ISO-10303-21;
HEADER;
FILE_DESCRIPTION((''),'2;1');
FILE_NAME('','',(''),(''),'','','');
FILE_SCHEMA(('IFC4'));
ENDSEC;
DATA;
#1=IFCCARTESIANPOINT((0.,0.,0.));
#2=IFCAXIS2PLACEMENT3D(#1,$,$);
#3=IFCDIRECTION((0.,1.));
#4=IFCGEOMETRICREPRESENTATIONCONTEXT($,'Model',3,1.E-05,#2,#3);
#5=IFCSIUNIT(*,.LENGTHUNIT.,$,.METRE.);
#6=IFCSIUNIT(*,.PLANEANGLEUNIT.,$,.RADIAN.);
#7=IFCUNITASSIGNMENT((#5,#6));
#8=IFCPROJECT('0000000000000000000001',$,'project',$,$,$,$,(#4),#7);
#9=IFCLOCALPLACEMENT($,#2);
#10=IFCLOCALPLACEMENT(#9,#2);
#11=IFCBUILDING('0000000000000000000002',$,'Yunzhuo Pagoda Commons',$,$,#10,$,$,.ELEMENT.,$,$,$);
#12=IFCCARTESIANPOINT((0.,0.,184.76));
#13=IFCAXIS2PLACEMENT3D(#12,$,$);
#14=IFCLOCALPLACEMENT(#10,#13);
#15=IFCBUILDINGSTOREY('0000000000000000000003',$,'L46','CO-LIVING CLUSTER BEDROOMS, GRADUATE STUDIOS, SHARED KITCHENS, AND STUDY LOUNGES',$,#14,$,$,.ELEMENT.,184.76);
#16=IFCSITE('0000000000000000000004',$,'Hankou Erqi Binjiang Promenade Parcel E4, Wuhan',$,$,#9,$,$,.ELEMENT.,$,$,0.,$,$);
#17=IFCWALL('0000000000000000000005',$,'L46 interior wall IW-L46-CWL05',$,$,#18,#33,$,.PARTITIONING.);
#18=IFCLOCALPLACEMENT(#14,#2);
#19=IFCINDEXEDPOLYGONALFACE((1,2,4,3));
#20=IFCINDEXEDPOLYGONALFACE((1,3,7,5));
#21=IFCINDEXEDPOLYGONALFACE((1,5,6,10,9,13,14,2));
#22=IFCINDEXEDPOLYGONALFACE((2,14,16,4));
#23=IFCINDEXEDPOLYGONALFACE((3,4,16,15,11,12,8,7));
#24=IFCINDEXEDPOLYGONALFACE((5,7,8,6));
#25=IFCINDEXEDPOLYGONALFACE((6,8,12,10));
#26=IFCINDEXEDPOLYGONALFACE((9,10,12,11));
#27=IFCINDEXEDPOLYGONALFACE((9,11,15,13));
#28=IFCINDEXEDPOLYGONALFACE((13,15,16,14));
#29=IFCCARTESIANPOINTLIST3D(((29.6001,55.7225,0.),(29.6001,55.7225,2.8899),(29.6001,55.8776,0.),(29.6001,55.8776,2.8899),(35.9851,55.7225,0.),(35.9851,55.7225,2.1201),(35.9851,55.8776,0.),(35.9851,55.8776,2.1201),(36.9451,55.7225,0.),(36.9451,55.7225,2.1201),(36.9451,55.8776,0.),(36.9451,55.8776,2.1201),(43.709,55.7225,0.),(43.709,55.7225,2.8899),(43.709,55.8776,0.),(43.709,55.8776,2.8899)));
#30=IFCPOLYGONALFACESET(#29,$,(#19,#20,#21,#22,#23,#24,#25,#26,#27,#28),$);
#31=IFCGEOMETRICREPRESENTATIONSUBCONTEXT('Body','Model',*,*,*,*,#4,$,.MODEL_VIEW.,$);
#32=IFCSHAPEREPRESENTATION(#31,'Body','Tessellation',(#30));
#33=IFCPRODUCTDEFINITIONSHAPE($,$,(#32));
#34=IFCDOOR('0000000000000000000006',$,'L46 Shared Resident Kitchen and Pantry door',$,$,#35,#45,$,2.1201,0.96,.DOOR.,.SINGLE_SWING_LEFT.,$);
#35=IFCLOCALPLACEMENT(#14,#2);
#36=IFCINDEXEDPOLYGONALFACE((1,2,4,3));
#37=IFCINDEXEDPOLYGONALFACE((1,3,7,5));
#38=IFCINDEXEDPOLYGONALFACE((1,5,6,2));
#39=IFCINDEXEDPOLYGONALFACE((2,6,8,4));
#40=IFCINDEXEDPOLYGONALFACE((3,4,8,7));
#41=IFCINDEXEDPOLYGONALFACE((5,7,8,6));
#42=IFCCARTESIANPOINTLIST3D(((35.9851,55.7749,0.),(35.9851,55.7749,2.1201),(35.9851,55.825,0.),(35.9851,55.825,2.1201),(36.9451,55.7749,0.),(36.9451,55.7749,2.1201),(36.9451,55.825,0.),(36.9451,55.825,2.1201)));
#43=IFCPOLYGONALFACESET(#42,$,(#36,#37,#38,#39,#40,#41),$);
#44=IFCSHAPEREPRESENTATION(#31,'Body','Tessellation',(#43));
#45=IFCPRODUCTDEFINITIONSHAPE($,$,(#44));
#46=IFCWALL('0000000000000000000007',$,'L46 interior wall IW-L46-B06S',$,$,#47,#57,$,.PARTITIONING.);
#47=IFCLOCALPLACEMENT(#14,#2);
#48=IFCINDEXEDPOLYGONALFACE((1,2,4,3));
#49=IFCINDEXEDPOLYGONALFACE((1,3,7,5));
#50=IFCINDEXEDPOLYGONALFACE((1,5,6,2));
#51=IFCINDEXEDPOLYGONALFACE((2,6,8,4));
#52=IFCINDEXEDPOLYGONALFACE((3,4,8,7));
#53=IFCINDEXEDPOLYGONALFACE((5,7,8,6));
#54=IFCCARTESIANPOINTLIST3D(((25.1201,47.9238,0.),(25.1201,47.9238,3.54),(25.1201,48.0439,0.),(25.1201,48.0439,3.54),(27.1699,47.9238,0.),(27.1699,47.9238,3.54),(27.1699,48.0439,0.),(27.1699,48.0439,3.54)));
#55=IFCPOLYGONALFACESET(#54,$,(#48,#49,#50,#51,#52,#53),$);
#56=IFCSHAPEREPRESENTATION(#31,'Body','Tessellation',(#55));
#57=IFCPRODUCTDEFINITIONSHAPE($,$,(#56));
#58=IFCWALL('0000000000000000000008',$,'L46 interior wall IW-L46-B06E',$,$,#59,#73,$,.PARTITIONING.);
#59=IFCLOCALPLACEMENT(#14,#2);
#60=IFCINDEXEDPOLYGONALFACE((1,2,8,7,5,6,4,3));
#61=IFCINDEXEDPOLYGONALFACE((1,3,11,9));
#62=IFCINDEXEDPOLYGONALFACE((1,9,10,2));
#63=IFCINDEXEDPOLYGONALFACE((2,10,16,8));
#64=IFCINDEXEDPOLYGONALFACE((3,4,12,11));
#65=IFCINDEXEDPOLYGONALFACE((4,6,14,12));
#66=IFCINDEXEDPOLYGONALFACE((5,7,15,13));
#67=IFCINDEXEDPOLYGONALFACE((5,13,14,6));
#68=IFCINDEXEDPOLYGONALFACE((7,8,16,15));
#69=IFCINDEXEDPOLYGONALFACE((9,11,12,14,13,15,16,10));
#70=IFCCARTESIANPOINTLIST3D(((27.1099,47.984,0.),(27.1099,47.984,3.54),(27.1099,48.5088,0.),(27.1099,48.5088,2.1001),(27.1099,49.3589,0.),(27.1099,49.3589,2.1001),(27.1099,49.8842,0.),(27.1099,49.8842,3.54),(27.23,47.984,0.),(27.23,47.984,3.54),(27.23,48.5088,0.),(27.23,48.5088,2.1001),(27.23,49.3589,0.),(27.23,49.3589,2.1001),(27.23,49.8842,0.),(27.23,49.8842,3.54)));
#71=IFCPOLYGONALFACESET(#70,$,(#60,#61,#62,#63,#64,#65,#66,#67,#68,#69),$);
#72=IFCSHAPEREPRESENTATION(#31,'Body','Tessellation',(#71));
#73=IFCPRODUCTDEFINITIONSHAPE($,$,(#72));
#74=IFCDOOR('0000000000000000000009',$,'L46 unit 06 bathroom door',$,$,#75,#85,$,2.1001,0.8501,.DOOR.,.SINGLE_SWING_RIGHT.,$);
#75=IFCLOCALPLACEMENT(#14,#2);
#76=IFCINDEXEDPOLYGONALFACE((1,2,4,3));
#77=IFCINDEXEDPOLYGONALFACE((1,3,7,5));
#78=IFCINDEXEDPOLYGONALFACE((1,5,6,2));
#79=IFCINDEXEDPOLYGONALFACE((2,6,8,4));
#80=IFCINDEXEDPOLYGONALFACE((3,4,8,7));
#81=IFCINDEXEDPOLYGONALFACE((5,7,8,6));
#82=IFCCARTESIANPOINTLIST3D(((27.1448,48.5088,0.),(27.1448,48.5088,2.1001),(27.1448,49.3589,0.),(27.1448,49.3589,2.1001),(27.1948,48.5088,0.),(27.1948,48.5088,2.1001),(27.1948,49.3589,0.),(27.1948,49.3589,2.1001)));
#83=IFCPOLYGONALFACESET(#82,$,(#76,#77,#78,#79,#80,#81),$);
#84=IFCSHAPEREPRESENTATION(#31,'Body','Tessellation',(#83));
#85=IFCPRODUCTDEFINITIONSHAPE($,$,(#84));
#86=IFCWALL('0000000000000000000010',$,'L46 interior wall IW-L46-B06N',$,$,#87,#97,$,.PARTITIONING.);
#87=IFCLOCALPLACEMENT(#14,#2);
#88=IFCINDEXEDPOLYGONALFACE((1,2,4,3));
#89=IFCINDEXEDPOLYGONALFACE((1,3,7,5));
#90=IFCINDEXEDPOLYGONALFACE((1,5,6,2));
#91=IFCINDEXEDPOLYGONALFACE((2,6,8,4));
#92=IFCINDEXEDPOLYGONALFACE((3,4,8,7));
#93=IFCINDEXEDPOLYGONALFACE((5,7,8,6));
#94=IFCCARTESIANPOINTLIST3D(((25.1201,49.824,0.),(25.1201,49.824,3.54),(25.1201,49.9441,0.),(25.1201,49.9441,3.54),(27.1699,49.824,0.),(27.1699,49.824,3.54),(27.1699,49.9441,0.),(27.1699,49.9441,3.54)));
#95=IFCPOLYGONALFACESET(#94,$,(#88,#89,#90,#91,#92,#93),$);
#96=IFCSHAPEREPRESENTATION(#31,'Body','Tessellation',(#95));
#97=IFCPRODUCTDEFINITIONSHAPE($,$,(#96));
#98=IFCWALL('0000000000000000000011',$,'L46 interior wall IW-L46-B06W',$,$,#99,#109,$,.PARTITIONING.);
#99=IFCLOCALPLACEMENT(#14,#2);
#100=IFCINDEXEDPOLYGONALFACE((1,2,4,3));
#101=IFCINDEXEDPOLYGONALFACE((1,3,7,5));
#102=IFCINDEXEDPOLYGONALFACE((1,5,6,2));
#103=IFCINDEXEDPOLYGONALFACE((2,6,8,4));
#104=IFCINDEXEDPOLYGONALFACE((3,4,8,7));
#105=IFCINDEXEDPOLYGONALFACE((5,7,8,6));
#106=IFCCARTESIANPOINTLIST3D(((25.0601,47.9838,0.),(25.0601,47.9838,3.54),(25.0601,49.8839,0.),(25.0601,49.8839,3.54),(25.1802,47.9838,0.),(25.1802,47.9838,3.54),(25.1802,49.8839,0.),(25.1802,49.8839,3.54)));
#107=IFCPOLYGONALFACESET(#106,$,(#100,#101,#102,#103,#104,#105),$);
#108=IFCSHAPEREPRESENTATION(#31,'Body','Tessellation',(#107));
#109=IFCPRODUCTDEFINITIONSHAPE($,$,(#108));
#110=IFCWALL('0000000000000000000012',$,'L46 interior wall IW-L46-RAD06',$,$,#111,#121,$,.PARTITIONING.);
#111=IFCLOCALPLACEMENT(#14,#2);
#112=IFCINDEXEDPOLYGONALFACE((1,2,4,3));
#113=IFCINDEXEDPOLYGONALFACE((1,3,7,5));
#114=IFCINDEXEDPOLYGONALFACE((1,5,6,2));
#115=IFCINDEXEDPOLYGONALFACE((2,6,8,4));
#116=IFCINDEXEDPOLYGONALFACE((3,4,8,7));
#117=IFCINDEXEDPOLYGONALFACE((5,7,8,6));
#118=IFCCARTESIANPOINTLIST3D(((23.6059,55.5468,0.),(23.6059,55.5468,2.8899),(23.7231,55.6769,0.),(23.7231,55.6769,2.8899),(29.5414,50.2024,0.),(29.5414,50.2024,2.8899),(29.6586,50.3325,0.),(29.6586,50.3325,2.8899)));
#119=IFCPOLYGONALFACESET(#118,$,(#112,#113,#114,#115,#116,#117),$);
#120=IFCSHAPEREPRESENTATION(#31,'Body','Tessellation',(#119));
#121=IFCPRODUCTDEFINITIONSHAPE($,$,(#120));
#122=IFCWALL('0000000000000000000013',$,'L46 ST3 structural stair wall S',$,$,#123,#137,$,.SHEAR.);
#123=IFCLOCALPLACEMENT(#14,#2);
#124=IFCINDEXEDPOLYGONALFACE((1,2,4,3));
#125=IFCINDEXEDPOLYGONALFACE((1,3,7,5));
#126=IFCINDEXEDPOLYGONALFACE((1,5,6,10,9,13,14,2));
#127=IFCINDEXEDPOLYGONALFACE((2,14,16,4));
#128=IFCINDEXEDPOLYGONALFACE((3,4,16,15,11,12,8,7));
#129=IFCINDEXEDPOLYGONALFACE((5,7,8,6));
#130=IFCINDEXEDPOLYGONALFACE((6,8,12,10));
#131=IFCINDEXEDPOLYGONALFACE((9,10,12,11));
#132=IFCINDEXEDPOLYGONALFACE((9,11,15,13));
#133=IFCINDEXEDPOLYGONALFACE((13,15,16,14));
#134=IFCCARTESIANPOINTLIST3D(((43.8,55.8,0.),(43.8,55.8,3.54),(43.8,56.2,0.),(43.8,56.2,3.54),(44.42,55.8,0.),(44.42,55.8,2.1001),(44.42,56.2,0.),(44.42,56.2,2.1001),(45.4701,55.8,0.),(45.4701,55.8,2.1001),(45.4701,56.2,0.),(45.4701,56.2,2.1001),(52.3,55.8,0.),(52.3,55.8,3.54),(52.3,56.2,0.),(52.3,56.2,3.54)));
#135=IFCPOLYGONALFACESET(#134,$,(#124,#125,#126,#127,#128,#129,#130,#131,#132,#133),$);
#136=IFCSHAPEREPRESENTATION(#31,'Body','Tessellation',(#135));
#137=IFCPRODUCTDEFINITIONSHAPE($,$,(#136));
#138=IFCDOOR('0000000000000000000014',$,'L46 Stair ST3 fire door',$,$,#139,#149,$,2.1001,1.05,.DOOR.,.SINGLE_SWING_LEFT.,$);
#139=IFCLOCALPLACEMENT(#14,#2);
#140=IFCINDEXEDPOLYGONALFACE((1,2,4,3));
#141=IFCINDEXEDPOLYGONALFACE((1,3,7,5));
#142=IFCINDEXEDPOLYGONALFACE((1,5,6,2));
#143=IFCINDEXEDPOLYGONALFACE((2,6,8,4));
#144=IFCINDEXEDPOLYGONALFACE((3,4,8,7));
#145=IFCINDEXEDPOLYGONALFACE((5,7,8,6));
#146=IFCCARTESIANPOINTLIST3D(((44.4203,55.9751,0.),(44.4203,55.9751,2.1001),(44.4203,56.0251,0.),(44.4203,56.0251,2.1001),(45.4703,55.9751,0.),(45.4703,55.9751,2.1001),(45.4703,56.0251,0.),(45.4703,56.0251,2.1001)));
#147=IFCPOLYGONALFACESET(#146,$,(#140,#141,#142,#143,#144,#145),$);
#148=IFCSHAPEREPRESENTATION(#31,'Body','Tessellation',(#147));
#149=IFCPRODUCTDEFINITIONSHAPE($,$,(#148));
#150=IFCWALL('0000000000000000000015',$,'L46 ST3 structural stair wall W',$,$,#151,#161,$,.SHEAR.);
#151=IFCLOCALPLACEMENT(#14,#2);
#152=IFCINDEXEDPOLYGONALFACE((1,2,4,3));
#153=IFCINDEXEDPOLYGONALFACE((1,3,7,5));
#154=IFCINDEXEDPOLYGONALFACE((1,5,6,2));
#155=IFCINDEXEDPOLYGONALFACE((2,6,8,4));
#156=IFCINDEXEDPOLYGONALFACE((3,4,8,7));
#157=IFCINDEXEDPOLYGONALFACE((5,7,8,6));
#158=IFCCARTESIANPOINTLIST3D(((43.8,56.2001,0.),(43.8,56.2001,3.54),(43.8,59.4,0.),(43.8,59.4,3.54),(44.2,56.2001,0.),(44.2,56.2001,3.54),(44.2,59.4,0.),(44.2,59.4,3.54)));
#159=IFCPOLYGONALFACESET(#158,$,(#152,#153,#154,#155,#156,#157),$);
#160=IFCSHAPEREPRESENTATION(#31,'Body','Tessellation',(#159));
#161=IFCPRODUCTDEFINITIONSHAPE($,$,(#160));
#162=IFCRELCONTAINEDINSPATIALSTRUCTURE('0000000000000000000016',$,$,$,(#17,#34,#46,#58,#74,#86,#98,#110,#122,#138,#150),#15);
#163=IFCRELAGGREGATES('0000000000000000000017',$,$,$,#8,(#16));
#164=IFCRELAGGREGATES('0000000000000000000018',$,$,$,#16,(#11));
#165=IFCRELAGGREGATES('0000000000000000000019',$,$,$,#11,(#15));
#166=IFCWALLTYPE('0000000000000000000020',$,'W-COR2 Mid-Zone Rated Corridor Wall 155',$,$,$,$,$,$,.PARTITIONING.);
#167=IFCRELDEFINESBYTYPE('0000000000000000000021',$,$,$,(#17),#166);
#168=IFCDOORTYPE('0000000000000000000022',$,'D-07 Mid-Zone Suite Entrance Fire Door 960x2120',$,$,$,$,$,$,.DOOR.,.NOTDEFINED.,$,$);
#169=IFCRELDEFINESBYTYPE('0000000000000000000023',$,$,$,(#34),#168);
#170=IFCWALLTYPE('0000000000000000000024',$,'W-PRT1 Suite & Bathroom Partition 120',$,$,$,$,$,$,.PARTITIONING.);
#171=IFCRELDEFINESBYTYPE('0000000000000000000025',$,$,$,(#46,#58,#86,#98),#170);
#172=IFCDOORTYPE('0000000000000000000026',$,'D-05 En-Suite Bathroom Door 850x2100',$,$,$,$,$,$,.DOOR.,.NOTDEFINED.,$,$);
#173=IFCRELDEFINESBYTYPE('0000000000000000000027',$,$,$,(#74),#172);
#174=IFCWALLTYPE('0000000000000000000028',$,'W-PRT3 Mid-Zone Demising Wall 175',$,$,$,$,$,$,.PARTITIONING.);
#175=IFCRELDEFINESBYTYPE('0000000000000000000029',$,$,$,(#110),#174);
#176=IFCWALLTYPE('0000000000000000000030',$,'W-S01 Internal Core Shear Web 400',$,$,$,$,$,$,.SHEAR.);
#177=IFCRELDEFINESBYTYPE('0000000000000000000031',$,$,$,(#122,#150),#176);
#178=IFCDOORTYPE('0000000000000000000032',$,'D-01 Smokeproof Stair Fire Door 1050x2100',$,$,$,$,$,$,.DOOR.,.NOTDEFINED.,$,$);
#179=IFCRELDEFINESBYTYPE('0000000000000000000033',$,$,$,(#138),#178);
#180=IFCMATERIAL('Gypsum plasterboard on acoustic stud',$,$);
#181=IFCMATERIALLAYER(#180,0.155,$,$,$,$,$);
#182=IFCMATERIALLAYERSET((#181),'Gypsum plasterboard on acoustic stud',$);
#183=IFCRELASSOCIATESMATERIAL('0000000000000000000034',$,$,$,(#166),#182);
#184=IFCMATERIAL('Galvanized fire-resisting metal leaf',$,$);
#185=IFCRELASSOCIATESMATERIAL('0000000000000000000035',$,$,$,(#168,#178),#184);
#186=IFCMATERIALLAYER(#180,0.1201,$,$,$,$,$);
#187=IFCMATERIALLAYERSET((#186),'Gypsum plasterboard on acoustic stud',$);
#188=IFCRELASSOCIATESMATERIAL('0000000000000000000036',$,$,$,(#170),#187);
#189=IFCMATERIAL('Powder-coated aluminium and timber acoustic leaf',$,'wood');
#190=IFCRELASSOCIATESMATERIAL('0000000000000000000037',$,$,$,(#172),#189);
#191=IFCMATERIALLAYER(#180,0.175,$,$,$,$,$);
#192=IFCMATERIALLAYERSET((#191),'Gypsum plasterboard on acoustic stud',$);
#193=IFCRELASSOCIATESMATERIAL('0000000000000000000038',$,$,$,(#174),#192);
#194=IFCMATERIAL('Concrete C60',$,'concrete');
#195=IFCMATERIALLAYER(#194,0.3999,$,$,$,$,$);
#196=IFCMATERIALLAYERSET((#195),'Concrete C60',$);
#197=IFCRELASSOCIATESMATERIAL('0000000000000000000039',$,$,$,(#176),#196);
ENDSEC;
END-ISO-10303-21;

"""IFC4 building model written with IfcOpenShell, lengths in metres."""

from ifc_helpers import new_model, si_unit, direction, frame, frame_2d, origin, origin_with_axes, place, context, subcontext, project, spatial, rectangle, extrude, source, transform, mapped, material, layer, layer_set, type_object, element, fill, save


model = new_model("IFC4")

# Units and contexts
model_context = context("Model", 3, precision=1e-05, world=origin(), true_north=direction((0.0, 1.0)))
body_context = subcontext(model_context, "Body", "Model", "MODEL_VIEW")
ifc_project = project(units=[si_unit("LENGTHUNIT", "METRE"), si_unit("PLANEANGLEUNIT", "RADIAN")], contexts=[model_context])

# Site, building, storey
site_placement = place(None, origin())
site = spatial("IfcSite", under=ifc_project, at=site_placement, Name="Hankou Erqi Binjiang Promenade Parcel E4, Wuhan", CompositionType="ELEMENT", RefElevation=0.0)
building_placement = place(site_placement, origin())
building = spatial("IfcBuilding", under=site, at=building_placement, Name="Yunzhuo Pagoda Commons", CompositionType="ELEMENT")
storey_placement = place(building_placement, frame((0.0, 0.0, 184.76)))
storey = spatial("IfcBuildingStorey", under=building, at=storey_placement, Name="L46", Description="CO-LIVING CLUSTER BEDROOMS, GRADUATE STUDIOS, SHARED KITCHENS, AND STUDY LOUNGES", CompositionType="ELEMENT", Elevation=184.76)

# Shared definitions
ifc_material_1 = material(Name="Gypsum plasterboard on acoustic stud")
ifc_layer_1 = layer(ifc_material_1, 0.155)
ifc_layer_set_1 = layer_set([ifc_layer_1], Name="Gypsum plasterboard on acoustic stud")
wall_type_1 = type_object("IfcWallType", Name="W-COR2 Mid-Zone Rated Corridor Wall 155", PredefinedType="PARTITIONING", material=ifc_layer_set_1)
ifc_material_2 = material(Name="Powder-coated aluminium and timber acoustic leaf", Category="wood")

# Wall, opening, door
wall_1_placement = place(storey_placement, frame((29.6001, 55.8, 0.0), z_axis=(0.0, 0.0, 1.0), x_axis=(1.0, 0.0, 0.0)))
wall_1 = element("IfcWall", 1, at=wall_1_placement, inside=storey, type_object=wall_type_1, Name="L46 interior wall IW-L46-CWL05", PredefinedType="PARTITIONING", context=body_context, shape_type="SweptSolid", body=[
    extrude(rectangle(XDim=14.1089, YDim=0.155, at=frame_2d((7.0544, 0.0))), origin(), (0.0, 0.0, 1.0), 2.8899),
])
opening_1_placement = place(wall_1_placement, frame((6.385, 0.0, 0.0)))
opening_1 = element("IfcOpeningElement", 2, at=opening_1_placement, cuts=wall_1, PredefinedType="OPENING", context=body_context, shape_type="SweptSolid", body=[
    extrude(rectangle(XDim=0.96, YDim=2.1201, at=frame_2d((0.48, 1.0601))), frame((0.0, 0.0874, 0.0), z_axis=(0.0, -1.0, 0.0), x_axis=(1.0, 0.0, 0.0)), (0.0, 0.0, 1.0), 0.175),
])
ifc_material_3 = material(Name="Galvanized fire-resisting metal leaf")
door_type_1 = type_object("IfcDoorType", Name="D-07 Mid-Zone Suite Entrance Fire Door 960x2120", OperationType="NOTDEFINED", PredefinedType="DOOR", material=ifc_material_3)
shared_shape_1 = source(origin(), body_context, "Body", "SweptSolid", [
    extrude(rectangle(XDim=0.96, YDim=2.1201, at=frame_2d((0.48, 1.0601))), frame((0.0, 0.0249, 0.0), z_axis=(0.0, -1.0, 0.0), x_axis=(1.0, 0.0, 0.0)), (0.0, 0.0, 1.0), 0.05),
])
door_1_placement = place(opening_1_placement, origin_with_axes())
door_1 = element("IfcDoor", 3, at=door_1_placement, inside=storey, type_object=door_type_1, Name="L46 Shared Resident Kitchen and Pantry door", OperationType="SINGLE_SWING_LEFT", OverallHeight=2.1201, OverallWidth=0.96, PredefinedType="DOOR", context=body_context, shape_type="MappedRepresentation", body=[
    mapped(shared_shape_1, transform((0.0, 0.0, 0.0), scale=1.0)),
])
fill(opening_1, door_1)

# Wall
ifc_layer_2 = layer(ifc_material_1, 0.1201)
ifc_layer_set_2 = layer_set([ifc_layer_2], Name="Gypsum plasterboard on acoustic stud")
wall_type_2 = type_object("IfcWallType", Name="W-PRT1 Suite & Bathroom Partition 120", PredefinedType="PARTITIONING", material=ifc_layer_set_2)
wall_2_placement = place(storey_placement, frame((25.1201, 47.9839, 0.0), z_axis=(0.0, 0.0, 1.0), x_axis=(1.0, 0.0, 0.0)))
element("IfcWall", 4, at=wall_2_placement, inside=storey, type_object=wall_type_2, Name="L46 interior wall IW-L46-B06S", PredefinedType="PARTITIONING", context=body_context, shape_type="SweptSolid", body=[
    extrude(rectangle(XDim=2.0498, YDim=0.1201, at=frame_2d((1.0249, 0.0))), origin(), (0.0, 0.0, 1.0), 3.54),
])

# Wall, opening, door
wall_3_placement = place(storey_placement, frame((27.1699, 47.9839, 0.0), z_axis=(0.0, 0.0, 1.0), x_axis=(0.0, 1.0, 0.0)))
wall_3 = element("IfcWall", 5, at=wall_3_placement, inside=storey, type_object=wall_type_2, Name="L46 interior wall IW-L46-B06E", PredefinedType="PARTITIONING", context=body_context, shape_type="SweptSolid", body=[
    extrude(rectangle(XDim=1.9001, YDim=0.1201, at=frame_2d((0.9502, 0.0))), origin(), (0.0, 0.0, 1.0), 3.54),
])
opening_2_placement = place(wall_3_placement, frame((0.5249, 0.0, 0.0)))
opening_2 = element("IfcOpeningElement", 6, at=opening_2_placement, cuts=wall_3, PredefinedType="OPENING", context=body_context, shape_type="SweptSolid", body=[
    extrude(rectangle(XDim=0.8501, YDim=2.1001, at=frame_2d((0.425, 1.05))), frame((0.0, 0.0701, 0.0), z_axis=(0.0, -1.0, 0.0), x_axis=(1.0, 0.0, 0.0)), (0.0, 0.0, 1.0), 0.1401),
])
door_type_2 = type_object("IfcDoorType", Name="D-05 En-Suite Bathroom Door 850x2100", OperationType="NOTDEFINED", PredefinedType="DOOR", material=ifc_material_2)
shared_shape_2 = source(origin(), body_context, "Body", "SweptSolid", [
    extrude(rectangle(XDim=0.8501, YDim=2.1001, at=frame_2d((0.425, 1.05))), frame((0.0, 0.0249, 0.0), z_axis=(0.0, -1.0, 0.0), x_axis=(1.0, 0.0, 0.0)), (0.0, 0.0, 1.0), 0.05),
])
door_2_placement = place(opening_2_placement, frame((0.8501, 0.0, 0.0), z_axis=(0.0, 0.0, 1.0), x_axis=(-1.0, 0.0, 0.0)))
door_2 = element("IfcDoor", 7, at=door_2_placement, inside=storey, type_object=door_type_2, Name="L46 unit 06 bathroom door", OperationType="SINGLE_SWING_RIGHT", OverallHeight=2.1001, OverallWidth=0.8501, PredefinedType="DOOR", context=body_context, shape_type="MappedRepresentation", body=[
    mapped(shared_shape_2, transform((0.0, 0.0, 0.0), scale=1.0)),
])
fill(opening_2, door_2)

# Walls
wall_4_placement = place(storey_placement, frame((27.1699, 49.884, 0.0), z_axis=(0.0, 0.0, 1.0), x_axis=(-1.0, 0.0, 0.0)))
element("IfcWall", 8, at=wall_4_placement, inside=storey, type_object=wall_type_2, Name="L46 interior wall IW-L46-B06N", PredefinedType="PARTITIONING", context=body_context, shape_type="SweptSolid", body=[
    extrude(rectangle(XDim=2.0498, YDim=0.1201, at=frame_2d((1.0249, 0.0))), origin(), (0.0, 0.0, 1.0), 3.54),
])
wall_5_placement = place(storey_placement, frame((25.1201, 49.884, 0.0), z_axis=(0.0, 0.0, 1.0), x_axis=(0.0, -1.0, 0.0)))
element("IfcWall", 9, at=wall_5_placement, inside=storey, type_object=wall_type_2, Name="L46 interior wall IW-L46-B06W", PredefinedType="PARTITIONING", context=body_context, shape_type="SweptSolid", body=[
    extrude(rectangle(XDim=1.9001, YDim=0.1201, at=frame_2d((0.9502, 0.0))), origin(), (0.0, 0.0, 1.0), 3.54),
])
ifc_layer_3 = layer(ifc_material_1, 0.175)
ifc_layer_set_3 = layer_set([ifc_layer_3], Name="Gypsum plasterboard on acoustic stud")
wall_type_3 = type_object("IfcWallType", Name="W-PRT3 Mid-Zone Demising Wall 175", PredefinedType="PARTITIONING", material=ifc_layer_set_3)
wall_6_placement = place(storey_placement, frame((29.6001, 50.2673, 0.0), z_axis=(0.0, 0.0, 1.0), x_axis=(-0.743139, 0.669137, 0.0)))
element("IfcWall", 10, at=wall_6_placement, inside=storey, type_object=wall_type_3, Name="L46 interior wall IW-L46-RAD06", PredefinedType="PARTITIONING", context=body_context, shape_type="SweptSolid", body=[
    extrude(rectangle(XDim=7.9871, YDim=0.175, at=frame_2d((3.9937, 0.0))), origin(), (0.0, 0.0, 1.0), 2.8899),
])

# Wall, opening, door
ifc_material_4 = material(Name="Concrete C60", Category="concrete")
ifc_layer_4 = layer(ifc_material_4, 0.3999)
ifc_layer_set_4 = layer_set([ifc_layer_4], Name="Concrete C60")
wall_type_4 = type_object("IfcWallType", Name="W-S01 Internal Core Shear Web 400", PredefinedType="SHEAR", material=ifc_layer_set_4)
wall_7_placement = place(storey_placement, frame((43.8, 56.0, 0.0), z_axis=(0.0, 0.0, 1.0), x_axis=(1.0, 0.0, 0.0)))
wall_7 = element("IfcWall", 11, at=wall_7_placement, inside=storey, type_object=wall_type_4, Name="L46 ST3 structural stair wall S", PredefinedType="SHEAR", context=body_context, shape_type="SweptSolid", body=[
    extrude(rectangle(XDim=8.5, YDim=0.3999, at=frame_2d((4.25, 0.0))), origin(), (0.0, 0.0, 1.0), 3.54),
])
opening_3_placement = place(wall_7_placement, frame((0.6201, 0.0, 0.0)))
opening_3 = element("IfcOpeningElement", 12, at=opening_3_placement, cuts=wall_7, PredefinedType="OPENING", context=body_context, shape_type="SweptSolid", body=[
    extrude(rectangle(XDim=1.05, YDim=2.1001, at=frame_2d((0.5249, 1.05))), frame((0.0, 0.21, 0.0), z_axis=(0.0, -1.0, 0.0), x_axis=(1.0, 0.0, 0.0)), (0.0, 0.0, 1.0), 0.4199),
])
door_type_3 = type_object("IfcDoorType", Name="D-01 Smokeproof Stair Fire Door 1050x2100", OperationType="NOTDEFINED", PredefinedType="DOOR", material=ifc_material_3)
shared_shape_3 = source(origin(), body_context, "Body", "SweptSolid", [
    extrude(rectangle(XDim=1.05, YDim=2.1001, at=frame_2d((0.5249, 1.05))), frame((0.0, 0.0249, 0.0), z_axis=(0.0, -1.0, 0.0), x_axis=(1.0, 0.0, 0.0)), (0.0, 0.0, 1.0), 0.05),
])
door_3_placement = place(opening_3_placement, frame((1.05, 0.0, 0.0), z_axis=(0.0, 0.0, 1.0), x_axis=(-1.0, 0.0, 0.0)))
door_3 = element("IfcDoor", 13, at=door_3_placement, inside=storey, type_object=door_type_3, Name="L46 Stair ST3 fire door", OperationType="SINGLE_SWING_LEFT", OverallHeight=2.1001, OverallWidth=1.05, PredefinedType="DOOR", context=body_context, shape_type="MappedRepresentation", body=[
    mapped(shared_shape_3, transform((0.0, 0.0, 0.0), scale=1.0)),
])
fill(opening_3, door_3)

# Wall
wall_8_placement = place(storey_placement, frame((44.0, 56.2, 0.0), z_axis=(0.0, 0.0, 1.0), x_axis=(0.0, 1.0, 0.0)))
element("IfcWall", 14, at=wall_8_placement, inside=storey, type_object=wall_type_4, Name="L46 ST3 structural stair wall W", PredefinedType="SHEAR", context=body_context, shape_type="SweptSolid", body=[
    extrude(rectangle(XDim=3.2, YDim=0.3999, at=frame_2d((1.6001, 0.0))), origin(), (0.0, 0.0, 1.0), 3.54),
])

save(model, "model.ifc")
